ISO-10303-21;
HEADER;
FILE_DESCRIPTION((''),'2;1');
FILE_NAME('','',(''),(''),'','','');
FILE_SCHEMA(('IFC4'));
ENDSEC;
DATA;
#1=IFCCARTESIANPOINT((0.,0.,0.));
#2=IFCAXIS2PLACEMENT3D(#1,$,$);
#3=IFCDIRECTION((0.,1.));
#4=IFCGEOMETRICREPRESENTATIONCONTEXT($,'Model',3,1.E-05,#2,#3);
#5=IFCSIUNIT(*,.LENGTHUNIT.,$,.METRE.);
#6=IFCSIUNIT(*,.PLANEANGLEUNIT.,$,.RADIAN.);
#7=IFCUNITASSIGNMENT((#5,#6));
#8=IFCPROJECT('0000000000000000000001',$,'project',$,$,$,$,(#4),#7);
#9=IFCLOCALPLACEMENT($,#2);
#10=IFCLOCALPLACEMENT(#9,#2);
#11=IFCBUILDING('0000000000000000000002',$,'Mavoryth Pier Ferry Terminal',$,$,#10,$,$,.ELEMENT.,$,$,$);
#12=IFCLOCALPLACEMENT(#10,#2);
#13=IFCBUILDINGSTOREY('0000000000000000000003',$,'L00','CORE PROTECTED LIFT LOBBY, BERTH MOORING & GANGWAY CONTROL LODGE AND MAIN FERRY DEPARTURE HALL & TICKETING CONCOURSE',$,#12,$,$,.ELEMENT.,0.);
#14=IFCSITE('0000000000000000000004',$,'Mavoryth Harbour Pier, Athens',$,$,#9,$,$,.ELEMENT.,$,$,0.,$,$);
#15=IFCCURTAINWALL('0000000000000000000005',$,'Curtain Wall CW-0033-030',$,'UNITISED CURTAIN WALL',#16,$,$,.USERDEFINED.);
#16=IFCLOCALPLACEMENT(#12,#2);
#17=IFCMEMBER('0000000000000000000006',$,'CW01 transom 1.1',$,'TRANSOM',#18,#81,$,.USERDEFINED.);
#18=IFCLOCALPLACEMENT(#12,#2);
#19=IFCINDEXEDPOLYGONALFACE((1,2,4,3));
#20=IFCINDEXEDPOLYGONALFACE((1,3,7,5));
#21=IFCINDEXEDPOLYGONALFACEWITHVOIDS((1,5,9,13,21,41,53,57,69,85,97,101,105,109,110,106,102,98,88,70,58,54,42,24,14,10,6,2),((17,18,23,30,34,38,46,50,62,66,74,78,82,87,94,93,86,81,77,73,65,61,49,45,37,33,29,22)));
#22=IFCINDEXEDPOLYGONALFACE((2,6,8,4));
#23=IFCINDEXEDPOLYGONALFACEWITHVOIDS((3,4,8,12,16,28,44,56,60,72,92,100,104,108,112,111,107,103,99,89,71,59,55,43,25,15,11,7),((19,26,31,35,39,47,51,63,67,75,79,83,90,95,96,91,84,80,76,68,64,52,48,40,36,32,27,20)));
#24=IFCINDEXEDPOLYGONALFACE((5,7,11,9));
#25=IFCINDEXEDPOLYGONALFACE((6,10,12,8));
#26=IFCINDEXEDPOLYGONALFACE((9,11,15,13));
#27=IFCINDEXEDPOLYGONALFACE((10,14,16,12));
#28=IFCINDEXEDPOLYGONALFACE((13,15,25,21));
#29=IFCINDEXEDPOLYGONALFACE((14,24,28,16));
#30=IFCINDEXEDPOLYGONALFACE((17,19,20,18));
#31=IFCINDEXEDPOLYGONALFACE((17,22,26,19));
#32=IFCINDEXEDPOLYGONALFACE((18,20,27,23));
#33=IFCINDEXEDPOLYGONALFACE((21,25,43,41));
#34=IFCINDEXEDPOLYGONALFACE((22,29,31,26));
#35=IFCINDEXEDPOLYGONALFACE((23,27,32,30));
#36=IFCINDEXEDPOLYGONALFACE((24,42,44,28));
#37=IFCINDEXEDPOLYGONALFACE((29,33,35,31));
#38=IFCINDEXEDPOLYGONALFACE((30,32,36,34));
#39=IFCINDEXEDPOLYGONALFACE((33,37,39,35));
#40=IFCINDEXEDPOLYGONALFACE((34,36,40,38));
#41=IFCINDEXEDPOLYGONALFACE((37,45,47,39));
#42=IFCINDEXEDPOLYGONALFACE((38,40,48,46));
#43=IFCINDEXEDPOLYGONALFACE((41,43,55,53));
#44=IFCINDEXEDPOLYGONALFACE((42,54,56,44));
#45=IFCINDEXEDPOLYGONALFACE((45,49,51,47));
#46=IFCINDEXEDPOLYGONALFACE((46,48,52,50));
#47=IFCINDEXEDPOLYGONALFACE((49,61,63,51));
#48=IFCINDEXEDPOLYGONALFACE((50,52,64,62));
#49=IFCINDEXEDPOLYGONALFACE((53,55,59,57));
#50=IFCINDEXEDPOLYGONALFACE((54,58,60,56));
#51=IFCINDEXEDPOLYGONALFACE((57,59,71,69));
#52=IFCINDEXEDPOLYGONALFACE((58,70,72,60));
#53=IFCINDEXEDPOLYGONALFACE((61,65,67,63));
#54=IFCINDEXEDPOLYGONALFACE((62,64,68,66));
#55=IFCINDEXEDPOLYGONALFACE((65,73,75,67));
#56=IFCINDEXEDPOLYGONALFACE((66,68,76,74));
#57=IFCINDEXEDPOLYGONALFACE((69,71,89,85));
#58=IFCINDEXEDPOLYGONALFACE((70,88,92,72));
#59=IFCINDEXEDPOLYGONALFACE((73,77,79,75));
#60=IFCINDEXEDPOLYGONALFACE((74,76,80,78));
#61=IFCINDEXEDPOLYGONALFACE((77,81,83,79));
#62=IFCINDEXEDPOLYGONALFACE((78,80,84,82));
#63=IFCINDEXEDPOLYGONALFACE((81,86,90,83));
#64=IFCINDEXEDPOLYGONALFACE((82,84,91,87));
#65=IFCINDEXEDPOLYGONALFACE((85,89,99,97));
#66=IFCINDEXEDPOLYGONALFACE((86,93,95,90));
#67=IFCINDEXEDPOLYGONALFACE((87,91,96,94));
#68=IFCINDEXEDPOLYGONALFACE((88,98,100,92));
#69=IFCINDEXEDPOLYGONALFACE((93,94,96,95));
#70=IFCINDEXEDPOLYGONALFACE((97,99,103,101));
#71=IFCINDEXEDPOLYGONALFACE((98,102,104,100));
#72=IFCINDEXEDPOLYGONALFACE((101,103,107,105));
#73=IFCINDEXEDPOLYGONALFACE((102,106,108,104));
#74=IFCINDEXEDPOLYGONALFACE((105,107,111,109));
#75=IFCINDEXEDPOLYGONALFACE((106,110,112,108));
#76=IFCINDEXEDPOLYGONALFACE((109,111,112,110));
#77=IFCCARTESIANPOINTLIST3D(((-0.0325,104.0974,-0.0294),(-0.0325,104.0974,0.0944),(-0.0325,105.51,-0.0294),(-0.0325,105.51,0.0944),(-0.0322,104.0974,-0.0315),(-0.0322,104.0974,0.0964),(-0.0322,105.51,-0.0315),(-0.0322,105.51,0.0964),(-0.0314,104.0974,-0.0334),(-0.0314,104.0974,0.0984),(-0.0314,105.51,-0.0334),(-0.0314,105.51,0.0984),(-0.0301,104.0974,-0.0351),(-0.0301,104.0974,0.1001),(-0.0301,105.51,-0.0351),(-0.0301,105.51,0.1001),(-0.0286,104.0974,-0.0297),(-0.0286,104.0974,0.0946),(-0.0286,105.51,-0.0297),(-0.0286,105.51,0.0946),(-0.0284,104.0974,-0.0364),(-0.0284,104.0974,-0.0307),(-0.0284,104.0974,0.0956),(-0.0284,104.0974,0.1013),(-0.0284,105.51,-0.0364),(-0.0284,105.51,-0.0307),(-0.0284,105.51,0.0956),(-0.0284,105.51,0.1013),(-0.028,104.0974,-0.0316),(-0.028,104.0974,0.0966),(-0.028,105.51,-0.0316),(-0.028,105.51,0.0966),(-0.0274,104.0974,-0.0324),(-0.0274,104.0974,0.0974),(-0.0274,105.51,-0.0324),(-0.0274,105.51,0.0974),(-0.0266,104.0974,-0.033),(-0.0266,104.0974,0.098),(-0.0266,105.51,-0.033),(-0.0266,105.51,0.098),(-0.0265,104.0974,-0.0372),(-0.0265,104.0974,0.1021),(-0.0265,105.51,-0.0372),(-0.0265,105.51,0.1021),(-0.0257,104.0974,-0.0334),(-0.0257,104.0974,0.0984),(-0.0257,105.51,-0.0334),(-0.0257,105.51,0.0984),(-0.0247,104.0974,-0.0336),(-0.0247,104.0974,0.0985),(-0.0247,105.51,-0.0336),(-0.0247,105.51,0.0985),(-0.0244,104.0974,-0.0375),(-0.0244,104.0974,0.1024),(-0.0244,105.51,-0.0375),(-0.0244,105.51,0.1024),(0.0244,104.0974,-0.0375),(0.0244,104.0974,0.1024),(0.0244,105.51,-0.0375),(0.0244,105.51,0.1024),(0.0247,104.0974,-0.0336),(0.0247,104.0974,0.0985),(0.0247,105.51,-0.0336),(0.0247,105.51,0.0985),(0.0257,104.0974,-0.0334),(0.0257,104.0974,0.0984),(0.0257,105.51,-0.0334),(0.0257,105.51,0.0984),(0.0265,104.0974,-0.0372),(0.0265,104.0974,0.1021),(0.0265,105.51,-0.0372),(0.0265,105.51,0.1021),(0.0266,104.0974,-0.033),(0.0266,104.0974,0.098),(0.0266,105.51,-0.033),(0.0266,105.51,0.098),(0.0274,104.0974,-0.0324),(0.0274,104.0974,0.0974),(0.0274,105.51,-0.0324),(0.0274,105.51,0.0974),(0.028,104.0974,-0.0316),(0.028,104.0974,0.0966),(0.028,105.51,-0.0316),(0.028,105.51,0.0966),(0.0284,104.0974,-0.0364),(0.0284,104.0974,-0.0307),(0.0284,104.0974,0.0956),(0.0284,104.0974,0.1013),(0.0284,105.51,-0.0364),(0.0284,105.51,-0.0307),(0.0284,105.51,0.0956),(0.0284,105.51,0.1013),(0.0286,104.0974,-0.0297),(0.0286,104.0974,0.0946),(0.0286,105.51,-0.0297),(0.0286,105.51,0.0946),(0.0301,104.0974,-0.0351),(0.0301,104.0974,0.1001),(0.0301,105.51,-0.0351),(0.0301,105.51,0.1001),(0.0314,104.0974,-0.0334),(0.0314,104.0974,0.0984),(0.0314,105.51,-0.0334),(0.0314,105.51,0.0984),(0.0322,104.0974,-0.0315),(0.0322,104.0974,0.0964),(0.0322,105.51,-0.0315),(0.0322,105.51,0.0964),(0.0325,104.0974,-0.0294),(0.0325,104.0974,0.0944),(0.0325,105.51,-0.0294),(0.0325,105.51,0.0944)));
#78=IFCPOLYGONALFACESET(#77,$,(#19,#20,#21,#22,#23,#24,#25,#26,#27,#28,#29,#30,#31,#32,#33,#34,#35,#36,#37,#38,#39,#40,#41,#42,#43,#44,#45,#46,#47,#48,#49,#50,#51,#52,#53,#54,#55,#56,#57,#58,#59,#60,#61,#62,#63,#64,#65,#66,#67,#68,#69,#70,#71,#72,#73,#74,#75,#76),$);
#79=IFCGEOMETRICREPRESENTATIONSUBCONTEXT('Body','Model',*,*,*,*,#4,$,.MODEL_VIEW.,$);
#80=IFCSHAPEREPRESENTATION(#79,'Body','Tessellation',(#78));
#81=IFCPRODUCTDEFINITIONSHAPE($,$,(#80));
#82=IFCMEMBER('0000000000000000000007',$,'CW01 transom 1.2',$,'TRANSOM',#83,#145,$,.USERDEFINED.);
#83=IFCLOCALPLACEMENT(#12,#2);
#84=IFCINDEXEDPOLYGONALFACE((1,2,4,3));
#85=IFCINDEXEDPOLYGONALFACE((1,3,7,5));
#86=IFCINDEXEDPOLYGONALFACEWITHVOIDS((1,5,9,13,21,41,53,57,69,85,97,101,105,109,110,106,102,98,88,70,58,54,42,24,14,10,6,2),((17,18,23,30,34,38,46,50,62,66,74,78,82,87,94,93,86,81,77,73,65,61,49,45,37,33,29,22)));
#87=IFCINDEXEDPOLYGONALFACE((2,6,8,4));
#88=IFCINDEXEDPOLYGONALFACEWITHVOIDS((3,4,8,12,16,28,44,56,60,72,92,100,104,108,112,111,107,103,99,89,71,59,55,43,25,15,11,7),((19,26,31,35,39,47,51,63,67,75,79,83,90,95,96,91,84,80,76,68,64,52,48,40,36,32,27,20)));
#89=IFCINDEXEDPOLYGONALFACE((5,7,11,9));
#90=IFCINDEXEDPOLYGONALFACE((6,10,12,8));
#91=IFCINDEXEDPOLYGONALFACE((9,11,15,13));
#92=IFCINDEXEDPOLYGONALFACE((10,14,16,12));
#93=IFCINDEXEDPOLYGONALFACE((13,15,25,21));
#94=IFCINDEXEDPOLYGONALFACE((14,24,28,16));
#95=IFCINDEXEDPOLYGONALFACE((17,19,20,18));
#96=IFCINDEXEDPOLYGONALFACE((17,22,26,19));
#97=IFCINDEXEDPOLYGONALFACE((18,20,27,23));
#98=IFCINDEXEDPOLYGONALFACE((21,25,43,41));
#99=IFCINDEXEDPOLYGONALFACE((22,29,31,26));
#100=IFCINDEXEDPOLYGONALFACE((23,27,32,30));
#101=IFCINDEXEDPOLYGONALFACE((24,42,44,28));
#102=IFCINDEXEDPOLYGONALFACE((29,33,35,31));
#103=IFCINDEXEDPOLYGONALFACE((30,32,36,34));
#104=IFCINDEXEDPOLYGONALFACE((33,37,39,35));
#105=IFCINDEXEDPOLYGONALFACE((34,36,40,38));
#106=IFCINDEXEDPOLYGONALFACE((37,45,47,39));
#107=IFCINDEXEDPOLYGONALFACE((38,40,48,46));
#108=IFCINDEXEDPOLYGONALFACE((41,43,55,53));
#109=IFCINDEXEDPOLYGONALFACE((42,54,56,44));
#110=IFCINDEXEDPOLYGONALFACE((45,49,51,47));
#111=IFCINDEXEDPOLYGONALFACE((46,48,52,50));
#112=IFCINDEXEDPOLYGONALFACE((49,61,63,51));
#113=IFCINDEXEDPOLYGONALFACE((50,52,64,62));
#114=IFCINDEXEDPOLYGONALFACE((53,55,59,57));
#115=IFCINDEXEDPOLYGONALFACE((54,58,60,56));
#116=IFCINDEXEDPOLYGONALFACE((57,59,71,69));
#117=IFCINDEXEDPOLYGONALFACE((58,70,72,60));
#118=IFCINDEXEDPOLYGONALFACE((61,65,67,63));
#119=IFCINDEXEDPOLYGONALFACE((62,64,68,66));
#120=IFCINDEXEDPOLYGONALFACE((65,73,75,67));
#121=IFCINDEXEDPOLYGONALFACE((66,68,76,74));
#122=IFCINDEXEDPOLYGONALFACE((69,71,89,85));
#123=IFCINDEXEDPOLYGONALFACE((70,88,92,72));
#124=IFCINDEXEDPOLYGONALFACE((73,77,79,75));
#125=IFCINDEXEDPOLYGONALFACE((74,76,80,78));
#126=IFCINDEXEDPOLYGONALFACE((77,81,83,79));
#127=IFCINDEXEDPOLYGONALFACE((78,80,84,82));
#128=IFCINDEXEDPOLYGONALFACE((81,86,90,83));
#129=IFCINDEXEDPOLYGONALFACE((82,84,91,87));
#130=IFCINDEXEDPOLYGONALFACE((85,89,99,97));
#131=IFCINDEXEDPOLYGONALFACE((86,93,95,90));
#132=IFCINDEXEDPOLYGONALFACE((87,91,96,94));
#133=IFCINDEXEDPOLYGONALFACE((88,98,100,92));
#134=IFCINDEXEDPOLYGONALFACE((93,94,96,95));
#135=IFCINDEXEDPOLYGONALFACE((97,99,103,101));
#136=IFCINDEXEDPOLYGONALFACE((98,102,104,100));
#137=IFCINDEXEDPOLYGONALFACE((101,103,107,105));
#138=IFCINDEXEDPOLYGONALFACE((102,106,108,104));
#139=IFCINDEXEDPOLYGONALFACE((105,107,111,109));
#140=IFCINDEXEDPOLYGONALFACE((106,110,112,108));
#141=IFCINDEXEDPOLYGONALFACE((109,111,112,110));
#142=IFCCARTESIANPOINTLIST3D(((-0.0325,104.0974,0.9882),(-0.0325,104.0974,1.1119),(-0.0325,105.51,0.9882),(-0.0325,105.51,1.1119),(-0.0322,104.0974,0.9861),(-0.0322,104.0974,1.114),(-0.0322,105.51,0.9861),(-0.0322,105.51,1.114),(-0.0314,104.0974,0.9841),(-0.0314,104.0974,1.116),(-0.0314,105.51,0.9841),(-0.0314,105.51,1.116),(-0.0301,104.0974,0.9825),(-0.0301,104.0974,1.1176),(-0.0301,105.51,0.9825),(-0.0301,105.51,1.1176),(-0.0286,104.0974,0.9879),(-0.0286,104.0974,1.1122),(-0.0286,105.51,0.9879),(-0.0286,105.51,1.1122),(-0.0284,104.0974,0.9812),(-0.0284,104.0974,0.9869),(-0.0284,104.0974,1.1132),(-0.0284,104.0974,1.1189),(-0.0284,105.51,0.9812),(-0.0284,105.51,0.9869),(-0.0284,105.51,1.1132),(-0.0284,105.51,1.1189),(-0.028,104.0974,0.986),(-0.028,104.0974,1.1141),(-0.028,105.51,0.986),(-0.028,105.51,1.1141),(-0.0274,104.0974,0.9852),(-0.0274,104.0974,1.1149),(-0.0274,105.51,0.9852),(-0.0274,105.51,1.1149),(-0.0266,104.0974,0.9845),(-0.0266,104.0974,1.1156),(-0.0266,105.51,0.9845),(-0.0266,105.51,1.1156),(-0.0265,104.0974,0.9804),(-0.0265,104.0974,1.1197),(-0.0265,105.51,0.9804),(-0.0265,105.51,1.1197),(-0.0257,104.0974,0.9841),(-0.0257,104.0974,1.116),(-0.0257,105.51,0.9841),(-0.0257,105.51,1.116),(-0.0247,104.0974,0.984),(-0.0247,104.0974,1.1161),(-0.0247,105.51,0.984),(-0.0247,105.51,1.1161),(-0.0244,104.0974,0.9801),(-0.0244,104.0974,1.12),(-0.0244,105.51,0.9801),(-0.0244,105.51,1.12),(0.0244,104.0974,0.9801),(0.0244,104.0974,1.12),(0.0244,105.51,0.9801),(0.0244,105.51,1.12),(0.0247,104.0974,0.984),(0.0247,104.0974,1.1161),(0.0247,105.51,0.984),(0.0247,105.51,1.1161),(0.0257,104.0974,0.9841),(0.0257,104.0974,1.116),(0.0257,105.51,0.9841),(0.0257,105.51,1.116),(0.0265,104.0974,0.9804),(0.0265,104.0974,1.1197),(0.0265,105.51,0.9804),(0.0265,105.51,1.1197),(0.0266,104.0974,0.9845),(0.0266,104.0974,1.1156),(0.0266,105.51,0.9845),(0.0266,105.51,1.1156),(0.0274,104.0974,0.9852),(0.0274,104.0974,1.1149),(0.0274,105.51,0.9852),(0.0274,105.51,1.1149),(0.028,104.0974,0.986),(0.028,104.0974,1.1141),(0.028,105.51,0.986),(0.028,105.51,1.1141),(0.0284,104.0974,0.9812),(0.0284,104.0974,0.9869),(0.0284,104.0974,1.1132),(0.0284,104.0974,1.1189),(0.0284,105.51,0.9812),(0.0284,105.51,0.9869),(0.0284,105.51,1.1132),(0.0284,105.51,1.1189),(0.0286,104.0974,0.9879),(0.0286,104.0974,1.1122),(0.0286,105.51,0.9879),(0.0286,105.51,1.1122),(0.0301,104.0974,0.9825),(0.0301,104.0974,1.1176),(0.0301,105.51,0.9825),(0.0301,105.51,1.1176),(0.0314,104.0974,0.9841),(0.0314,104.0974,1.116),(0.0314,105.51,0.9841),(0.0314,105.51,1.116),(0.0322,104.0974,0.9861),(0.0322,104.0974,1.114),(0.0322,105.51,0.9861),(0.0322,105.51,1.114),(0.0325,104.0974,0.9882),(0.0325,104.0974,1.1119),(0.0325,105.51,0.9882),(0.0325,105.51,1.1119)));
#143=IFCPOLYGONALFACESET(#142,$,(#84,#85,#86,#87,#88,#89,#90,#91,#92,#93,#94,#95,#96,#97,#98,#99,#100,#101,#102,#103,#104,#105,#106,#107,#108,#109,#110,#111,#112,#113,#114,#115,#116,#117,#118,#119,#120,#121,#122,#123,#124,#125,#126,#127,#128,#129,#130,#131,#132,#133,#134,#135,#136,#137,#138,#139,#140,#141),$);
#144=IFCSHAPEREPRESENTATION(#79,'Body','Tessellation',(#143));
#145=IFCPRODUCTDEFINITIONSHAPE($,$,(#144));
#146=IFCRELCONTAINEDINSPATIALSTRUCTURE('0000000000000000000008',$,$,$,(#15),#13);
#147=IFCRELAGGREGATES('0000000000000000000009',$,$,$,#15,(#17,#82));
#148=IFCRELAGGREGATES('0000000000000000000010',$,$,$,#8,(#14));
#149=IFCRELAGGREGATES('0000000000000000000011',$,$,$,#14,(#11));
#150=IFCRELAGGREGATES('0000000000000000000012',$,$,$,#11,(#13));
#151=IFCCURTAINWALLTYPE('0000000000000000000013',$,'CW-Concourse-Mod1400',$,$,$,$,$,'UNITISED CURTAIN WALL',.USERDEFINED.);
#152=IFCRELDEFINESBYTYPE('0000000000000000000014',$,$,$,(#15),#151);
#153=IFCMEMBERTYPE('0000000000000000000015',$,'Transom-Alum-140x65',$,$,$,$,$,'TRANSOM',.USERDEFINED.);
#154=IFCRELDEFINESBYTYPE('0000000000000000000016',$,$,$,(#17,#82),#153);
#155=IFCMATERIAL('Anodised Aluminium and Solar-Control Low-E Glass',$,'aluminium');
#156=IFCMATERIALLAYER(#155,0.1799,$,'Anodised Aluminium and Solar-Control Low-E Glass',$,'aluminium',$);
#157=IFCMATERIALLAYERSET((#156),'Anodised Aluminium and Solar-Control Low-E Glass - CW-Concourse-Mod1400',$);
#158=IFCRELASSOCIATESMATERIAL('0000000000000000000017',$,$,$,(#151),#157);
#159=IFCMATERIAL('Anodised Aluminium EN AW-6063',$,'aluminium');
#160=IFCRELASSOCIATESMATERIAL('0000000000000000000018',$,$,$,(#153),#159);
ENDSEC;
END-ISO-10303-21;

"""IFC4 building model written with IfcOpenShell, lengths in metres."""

from ifc_helpers import new_model, si_unit, direction, frame, origin, origin_2d, place, context, subcontext, project, spatial, hollow_rectangle, extrude, material, layer, layer_set, material_profile, profile_set, type_object, element, aggregate, save


model = new_model("IFC4")

# Units and contexts
model_context = context("Model", 3, precision=1e-05, world=origin(), true_north=direction((0.0, 1.0)))
body_context = subcontext(model_context, "Body", "Model", "MODEL_VIEW")
ifc_project = project(units=[si_unit("LENGTHUNIT", "METRE"), si_unit("PLANEANGLEUNIT", "RADIAN")], contexts=[model_context])

# Site, building, storey
site_placement = place(None, origin())
site = spatial("IfcSite", under=ifc_project, at=site_placement, Name="Mavoryth Harbour Pier, Athens", CompositionType="ELEMENT", RefElevation=0.0)
building_placement = place(site_placement, origin())
building = spatial("IfcBuilding", under=site, at=building_placement, Name="Mavoryth Pier Ferry Terminal", CompositionType="ELEMENT")
storey_placement = place(building_placement, origin())
storey = spatial("IfcBuildingStorey", under=building, at=storey_placement, Name="L00", Description="CORE PROTECTED LIFT LOBBY, BERTH MOORING & GANGWAY CONTROL LODGE AND MAIN FERRY DEPARTURE HALL & TICKETING CONCOURSE", CompositionType="ELEMENT", Elevation=0.0)

# Curtain wall, members
ifc_material_1 = material(Name="Anodised Aluminium and Solar-Control Low-E Glass", Category="aluminium")
ifc_layer_1 = layer(ifc_material_1, 0.1799, Name="Anodised Aluminium and Solar-Control Low-E Glass", Category="aluminium")
ifc_layer_set_1 = layer_set([ifc_layer_1], Name="Anodised Aluminium and Solar-Control Low-E Glass - CW-Concourse-Mod1400")
curtain_wall_type = type_object("IfcCurtainWallType", Name="CW-Concourse-Mod1400", ElementType="UNITISED CURTAIN WALL", PredefinedType="USERDEFINED", material=ifc_layer_set_1)
curtain_wall_placement = place(storey_placement, origin())
curtain_wall = element("IfcCurtainWall", 1, at=curtain_wall_placement, inside=storey, type_object=curtain_wall_type, Name="Curtain Wall CW-0033-030", ObjectType="UNITISED CURTAIN WALL", PredefinedType="USERDEFINED")
ifc_material_2 = material(Name="Anodised Aluminium EN AW-6063", Category="aluminium")
ifc_material_profile_1 = material_profile(ifc_material_2, hollow_rectangle(XDim=0.0649, YDim=0.1399, WallThickness=0.0039, InnerFilletRadius=0.0039, OuterFilletRadius=0.0081, at=origin_2d()), Name="AL-TRAN 140x65x4", Category="aluminium")
ifc_profile_set_1 = profile_set([ifc_material_profile_1], Name="Anodised Aluminium EN AW-6063 - AL-TRAN 140x65x4")
member_type_1 = type_object("IfcMemberType", Name="Transom-Alum-140x65", ElementType="TRANSOM", PredefinedType="USERDEFINED", material=ifc_profile_set_1)
member_1_placement = place(storey_placement, frame((0.0, 105.51, 0.0325), z_axis=(0.0, -1.0, 0.0), x_axis=(1.0, 0.0, 0.0)))
member_1 = element("IfcMember", 2, at=member_1_placement, type_object=member_type_1, Name="CW01 transom 1.1", ObjectType="TRANSOM", PredefinedType="USERDEFINED", context=body_context, shape_type="SweptSolid", body=[
    extrude(hollow_rectangle(XDim=0.0649, YDim=0.1399, WallThickness=0.0039, InnerFilletRadius=0.0039, OuterFilletRadius=0.0081, at=origin_2d()), origin(), (0.0, 0.0, 1.0), 1.4126),
])
member_2_placement = place(storey_placement, frame((0.0, 105.51, 1.05), z_axis=(0.0, -1.0, 0.0), x_axis=(1.0, 0.0, 0.0)))
member_2 = element("IfcMember", 3, at=member_2_placement, type_object=member_type_1, Name="CW01 transom 1.2", ObjectType="TRANSOM", PredefinedType="USERDEFINED", context=body_context, shape_type="SweptSolid", body=[
    extrude(hollow_rectangle(XDim=0.0649, YDim=0.1399, WallThickness=0.0039, InnerFilletRadius=0.0039, OuterFilletRadius=0.0081, at=origin_2d()), origin(), (0.0, 0.0, 1.0), 1.4126),
])
aggregate(curtain_wall, [member_1, member_2])

save(model, "model.ifc")
